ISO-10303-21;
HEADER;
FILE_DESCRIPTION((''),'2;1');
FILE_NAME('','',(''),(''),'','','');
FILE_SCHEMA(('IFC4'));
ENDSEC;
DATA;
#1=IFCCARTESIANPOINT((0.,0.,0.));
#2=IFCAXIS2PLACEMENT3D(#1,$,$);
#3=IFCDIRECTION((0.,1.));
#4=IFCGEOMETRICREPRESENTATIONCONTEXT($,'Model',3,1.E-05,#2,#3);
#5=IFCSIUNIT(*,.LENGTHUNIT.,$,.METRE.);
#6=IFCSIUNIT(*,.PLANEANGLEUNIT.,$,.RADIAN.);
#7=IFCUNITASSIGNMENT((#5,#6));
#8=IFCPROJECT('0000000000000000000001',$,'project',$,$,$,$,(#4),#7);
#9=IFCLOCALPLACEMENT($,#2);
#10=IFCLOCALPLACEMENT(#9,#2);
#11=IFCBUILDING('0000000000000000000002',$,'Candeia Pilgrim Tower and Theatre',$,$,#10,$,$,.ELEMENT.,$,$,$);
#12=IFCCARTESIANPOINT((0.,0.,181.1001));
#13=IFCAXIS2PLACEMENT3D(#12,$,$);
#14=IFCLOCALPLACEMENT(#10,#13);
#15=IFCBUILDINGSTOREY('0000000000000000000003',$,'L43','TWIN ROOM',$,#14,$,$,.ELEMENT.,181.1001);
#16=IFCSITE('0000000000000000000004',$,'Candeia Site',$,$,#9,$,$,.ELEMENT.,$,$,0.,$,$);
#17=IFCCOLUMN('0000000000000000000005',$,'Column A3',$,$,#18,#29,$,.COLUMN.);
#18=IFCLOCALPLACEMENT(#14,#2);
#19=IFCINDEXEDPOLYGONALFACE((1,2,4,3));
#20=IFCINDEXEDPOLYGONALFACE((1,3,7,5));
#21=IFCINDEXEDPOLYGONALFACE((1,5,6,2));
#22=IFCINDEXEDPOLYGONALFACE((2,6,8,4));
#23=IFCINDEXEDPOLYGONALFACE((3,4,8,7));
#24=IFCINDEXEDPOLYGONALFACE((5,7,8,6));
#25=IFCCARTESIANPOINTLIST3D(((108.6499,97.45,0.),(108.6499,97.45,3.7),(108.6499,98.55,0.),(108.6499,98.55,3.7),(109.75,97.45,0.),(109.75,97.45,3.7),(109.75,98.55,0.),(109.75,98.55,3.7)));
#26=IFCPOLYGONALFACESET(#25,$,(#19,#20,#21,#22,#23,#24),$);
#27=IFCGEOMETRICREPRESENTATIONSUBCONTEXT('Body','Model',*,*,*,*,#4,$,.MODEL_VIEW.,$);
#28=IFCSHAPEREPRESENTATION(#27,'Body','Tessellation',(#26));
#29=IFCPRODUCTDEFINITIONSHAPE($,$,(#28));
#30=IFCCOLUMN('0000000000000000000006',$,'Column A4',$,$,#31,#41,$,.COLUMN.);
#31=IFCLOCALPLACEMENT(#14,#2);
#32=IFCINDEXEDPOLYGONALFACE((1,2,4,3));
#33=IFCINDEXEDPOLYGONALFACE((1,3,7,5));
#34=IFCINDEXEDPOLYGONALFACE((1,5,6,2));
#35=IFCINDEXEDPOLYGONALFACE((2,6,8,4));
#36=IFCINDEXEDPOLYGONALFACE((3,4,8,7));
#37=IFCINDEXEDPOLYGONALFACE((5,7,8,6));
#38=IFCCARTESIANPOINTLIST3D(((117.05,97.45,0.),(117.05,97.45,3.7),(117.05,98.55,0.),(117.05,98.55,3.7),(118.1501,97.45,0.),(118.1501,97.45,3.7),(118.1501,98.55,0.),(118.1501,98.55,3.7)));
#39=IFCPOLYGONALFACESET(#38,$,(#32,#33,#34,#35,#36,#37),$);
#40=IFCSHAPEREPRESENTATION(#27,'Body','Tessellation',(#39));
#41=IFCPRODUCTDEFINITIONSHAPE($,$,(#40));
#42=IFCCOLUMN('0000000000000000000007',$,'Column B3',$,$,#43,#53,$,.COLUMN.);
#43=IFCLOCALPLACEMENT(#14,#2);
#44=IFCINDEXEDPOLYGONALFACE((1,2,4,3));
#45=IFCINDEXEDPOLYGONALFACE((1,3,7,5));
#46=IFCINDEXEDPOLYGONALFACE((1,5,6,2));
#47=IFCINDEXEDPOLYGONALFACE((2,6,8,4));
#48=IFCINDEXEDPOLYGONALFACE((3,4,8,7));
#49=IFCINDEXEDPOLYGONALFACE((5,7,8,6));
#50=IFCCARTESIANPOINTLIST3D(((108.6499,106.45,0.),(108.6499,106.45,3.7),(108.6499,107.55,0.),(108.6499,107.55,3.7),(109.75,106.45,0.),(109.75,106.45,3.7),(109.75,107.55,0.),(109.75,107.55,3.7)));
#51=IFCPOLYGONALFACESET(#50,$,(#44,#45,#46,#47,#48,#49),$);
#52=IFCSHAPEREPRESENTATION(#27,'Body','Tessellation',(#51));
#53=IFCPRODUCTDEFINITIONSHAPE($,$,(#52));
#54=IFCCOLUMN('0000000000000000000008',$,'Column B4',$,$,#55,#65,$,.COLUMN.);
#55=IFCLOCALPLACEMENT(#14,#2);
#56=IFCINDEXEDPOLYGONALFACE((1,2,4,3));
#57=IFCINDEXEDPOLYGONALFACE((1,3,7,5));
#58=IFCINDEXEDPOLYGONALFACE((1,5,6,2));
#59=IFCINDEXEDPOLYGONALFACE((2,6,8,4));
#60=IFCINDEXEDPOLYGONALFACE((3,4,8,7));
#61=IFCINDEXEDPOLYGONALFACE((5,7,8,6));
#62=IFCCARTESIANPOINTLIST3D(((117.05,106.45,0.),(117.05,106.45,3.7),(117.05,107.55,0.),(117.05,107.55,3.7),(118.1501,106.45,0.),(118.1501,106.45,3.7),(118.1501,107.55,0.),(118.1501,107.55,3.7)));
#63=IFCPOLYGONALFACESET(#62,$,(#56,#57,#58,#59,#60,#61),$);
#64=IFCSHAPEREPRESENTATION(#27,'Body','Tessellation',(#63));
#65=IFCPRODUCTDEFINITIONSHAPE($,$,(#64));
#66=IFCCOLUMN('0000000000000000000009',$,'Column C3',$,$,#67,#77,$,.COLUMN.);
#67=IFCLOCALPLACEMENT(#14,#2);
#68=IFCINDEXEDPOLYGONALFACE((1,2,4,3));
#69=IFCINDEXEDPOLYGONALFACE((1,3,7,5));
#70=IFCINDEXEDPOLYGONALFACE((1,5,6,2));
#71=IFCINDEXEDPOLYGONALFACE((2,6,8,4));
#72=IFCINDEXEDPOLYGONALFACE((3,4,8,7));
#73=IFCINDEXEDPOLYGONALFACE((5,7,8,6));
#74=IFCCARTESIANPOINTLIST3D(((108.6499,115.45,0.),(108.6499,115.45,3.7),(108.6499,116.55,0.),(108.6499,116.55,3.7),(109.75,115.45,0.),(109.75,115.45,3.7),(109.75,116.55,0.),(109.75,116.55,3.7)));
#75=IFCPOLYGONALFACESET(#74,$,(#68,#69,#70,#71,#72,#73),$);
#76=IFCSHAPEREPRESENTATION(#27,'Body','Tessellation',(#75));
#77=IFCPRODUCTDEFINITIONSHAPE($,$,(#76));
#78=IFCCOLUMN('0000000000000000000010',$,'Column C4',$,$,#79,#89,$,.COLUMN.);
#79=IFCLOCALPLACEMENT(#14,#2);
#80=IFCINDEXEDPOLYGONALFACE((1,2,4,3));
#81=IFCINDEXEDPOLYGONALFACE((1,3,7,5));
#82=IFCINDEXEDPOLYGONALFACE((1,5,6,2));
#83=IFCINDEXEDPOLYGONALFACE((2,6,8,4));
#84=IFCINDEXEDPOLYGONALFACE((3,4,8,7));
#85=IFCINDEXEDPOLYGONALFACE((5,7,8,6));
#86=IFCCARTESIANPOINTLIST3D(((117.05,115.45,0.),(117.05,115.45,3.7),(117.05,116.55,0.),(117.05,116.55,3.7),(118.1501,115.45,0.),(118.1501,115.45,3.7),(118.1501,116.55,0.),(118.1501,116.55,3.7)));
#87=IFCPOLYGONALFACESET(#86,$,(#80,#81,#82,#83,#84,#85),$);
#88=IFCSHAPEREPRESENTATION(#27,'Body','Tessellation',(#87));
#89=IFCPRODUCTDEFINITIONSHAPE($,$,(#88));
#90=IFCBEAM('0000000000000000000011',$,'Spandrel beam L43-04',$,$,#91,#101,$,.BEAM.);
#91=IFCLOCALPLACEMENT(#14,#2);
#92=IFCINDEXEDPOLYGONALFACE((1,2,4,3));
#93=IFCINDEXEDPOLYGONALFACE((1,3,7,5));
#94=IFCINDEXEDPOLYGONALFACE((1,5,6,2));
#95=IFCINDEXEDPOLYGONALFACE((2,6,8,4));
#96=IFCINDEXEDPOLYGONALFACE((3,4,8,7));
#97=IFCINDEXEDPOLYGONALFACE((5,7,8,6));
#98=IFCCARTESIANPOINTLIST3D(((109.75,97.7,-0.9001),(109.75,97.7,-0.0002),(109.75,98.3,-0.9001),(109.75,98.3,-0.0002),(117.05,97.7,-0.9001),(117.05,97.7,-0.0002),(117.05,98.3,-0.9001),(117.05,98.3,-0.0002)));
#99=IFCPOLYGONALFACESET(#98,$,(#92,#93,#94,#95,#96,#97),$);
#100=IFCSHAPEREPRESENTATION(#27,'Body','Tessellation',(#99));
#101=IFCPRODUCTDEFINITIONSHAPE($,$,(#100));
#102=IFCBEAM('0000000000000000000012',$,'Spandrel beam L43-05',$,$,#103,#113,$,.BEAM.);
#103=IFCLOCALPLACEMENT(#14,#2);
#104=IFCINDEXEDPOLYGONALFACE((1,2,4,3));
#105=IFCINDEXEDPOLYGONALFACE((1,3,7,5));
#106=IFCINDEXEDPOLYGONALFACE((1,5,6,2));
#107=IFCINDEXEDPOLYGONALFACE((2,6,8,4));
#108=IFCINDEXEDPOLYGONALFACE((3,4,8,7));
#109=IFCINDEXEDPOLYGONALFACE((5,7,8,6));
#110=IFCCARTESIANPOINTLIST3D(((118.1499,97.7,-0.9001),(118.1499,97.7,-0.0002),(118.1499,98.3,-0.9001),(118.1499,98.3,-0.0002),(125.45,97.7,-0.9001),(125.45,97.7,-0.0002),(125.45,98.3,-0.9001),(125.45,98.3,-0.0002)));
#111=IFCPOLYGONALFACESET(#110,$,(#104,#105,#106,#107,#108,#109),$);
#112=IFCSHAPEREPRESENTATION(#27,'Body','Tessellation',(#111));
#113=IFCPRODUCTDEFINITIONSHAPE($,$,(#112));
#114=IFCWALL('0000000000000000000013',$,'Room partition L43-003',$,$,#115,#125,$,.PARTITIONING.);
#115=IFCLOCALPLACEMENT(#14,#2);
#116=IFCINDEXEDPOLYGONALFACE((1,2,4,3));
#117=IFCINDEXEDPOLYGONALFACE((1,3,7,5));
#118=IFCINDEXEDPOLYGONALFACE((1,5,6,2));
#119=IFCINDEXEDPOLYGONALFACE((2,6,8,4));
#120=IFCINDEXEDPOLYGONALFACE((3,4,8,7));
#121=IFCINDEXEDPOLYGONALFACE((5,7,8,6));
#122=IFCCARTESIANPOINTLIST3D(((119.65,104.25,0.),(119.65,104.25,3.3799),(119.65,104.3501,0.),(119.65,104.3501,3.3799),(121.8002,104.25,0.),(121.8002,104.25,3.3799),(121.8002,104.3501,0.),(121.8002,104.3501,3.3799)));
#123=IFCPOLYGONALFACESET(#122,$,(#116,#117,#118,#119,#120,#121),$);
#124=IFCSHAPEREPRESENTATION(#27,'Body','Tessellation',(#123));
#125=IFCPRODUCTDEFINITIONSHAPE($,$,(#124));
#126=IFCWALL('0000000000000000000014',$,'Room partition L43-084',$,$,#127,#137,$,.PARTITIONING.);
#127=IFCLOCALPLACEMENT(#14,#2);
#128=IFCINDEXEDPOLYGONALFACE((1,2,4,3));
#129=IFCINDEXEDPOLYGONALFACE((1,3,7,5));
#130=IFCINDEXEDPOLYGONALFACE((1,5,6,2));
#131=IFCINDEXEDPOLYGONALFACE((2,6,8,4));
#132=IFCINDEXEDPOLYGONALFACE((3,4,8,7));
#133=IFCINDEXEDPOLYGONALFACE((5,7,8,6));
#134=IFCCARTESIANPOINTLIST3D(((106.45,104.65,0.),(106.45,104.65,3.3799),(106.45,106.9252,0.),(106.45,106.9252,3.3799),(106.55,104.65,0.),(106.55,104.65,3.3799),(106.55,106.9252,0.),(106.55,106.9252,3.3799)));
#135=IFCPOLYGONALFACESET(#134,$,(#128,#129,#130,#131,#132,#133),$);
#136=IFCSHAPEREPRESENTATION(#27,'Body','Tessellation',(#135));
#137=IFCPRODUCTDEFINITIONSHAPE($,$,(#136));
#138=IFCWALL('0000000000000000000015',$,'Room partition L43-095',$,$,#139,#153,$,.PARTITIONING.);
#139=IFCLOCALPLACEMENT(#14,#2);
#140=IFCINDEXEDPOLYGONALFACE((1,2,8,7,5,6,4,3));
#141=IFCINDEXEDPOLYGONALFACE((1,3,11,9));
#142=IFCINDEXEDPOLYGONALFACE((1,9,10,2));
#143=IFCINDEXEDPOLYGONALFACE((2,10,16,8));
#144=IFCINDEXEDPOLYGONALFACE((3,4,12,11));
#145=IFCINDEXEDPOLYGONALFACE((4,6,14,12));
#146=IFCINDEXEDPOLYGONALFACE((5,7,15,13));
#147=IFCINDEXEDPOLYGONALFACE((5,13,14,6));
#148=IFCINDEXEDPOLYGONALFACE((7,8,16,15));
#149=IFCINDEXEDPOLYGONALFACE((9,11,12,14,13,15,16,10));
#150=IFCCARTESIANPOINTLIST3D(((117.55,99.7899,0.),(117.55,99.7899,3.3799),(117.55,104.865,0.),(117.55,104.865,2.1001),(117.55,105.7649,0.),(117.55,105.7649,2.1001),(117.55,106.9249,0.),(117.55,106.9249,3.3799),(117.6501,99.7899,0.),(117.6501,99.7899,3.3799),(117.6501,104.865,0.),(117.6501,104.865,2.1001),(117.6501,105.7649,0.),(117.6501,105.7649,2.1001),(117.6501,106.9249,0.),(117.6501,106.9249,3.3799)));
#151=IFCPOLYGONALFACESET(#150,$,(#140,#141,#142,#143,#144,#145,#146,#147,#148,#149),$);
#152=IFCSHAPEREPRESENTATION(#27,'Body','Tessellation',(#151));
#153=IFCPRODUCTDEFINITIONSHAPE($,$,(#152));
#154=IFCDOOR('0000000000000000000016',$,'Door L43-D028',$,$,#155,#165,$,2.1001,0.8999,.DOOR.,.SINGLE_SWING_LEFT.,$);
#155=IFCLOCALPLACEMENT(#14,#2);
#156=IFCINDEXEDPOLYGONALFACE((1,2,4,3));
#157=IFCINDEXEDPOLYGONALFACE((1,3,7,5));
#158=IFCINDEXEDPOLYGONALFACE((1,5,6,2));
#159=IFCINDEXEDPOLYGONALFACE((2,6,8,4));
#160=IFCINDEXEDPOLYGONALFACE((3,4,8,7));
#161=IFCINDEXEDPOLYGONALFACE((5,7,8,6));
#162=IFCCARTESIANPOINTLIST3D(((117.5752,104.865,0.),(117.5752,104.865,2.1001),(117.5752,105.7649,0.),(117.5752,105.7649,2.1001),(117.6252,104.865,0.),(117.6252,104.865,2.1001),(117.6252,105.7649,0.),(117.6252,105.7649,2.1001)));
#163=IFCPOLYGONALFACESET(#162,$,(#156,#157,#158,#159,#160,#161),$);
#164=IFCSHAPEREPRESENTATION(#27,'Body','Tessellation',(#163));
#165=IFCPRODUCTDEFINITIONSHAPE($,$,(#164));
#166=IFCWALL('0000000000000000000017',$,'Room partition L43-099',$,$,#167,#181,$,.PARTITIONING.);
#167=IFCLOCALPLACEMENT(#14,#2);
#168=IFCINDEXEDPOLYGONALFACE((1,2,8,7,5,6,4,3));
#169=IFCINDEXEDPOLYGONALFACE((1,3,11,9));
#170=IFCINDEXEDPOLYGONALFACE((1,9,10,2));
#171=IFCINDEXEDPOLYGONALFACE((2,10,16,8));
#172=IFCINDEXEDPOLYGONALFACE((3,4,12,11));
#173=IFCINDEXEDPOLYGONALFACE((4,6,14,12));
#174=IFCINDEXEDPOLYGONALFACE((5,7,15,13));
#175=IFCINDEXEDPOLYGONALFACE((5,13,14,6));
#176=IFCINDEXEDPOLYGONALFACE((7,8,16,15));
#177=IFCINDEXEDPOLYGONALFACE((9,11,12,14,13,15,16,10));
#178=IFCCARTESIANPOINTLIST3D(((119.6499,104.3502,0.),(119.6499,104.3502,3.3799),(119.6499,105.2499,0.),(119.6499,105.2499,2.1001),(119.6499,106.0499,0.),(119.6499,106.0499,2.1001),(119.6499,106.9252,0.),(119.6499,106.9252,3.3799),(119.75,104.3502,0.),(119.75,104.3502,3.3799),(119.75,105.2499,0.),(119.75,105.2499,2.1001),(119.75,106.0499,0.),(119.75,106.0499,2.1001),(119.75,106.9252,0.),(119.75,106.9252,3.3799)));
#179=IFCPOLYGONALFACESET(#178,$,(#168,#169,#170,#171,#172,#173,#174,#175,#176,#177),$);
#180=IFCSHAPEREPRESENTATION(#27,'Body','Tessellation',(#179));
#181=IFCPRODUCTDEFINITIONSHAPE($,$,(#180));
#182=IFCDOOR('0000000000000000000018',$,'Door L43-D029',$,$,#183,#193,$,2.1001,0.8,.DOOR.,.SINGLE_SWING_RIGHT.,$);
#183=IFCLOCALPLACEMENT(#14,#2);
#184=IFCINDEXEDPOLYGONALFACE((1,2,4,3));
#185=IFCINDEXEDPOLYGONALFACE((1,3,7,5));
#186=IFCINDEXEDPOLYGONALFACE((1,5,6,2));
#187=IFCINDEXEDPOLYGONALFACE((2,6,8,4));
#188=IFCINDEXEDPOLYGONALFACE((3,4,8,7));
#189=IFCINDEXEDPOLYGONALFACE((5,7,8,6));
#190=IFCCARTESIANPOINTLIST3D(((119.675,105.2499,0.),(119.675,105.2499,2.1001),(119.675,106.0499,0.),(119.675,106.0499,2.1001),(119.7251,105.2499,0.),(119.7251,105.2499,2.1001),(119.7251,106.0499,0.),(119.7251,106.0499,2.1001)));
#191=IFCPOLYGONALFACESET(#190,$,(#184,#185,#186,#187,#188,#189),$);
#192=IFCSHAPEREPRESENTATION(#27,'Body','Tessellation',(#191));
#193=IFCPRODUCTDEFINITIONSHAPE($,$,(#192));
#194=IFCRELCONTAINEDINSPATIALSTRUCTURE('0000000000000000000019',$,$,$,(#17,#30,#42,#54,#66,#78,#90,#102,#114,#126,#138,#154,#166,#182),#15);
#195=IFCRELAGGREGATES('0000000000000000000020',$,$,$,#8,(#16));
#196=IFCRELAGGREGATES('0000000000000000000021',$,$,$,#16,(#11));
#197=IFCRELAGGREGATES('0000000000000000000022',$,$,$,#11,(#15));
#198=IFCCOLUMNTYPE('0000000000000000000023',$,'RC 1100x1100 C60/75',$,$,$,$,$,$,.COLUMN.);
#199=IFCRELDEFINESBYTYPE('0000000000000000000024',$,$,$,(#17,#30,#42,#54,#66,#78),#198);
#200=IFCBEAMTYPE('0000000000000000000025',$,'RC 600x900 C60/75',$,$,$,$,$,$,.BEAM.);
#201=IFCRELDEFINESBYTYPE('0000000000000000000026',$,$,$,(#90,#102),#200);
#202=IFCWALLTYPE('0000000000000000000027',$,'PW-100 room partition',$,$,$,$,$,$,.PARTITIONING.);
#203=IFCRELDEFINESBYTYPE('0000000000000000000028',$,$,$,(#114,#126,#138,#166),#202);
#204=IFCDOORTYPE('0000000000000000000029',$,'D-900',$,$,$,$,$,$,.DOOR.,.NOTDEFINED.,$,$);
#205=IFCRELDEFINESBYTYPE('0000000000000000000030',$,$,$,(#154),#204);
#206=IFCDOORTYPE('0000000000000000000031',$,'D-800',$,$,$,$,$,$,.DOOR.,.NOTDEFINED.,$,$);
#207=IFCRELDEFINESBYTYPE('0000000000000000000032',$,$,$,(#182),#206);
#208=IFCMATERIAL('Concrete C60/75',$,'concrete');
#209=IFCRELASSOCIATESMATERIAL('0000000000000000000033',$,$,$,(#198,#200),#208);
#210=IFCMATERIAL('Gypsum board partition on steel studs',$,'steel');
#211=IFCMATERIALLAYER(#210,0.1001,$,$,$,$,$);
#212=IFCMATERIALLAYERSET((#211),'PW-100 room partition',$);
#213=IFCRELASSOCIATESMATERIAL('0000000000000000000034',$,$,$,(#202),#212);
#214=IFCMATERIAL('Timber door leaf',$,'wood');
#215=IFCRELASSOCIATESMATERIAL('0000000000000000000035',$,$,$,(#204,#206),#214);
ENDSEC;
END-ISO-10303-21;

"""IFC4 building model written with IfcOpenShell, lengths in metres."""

from ifc_helpers import new_model, si_unit, direction, frame, frame_2d, origin, origin_2d, place, context, subcontext, project, spatial, rectangle, extrude, material, layer, layer_set, material_profile, profile_set, type_object, element, fill, save


model = new_model("IFC4")

# Units and contexts
model_context = context("Model", 3, precision=1e-05, world=origin(), true_north=direction((0.0, 1.0)))
body_context = subcontext(model_context, "Body", "Model", "MODEL_VIEW")
ifc_project = project(units=[si_unit("LENGTHUNIT", "METRE"), si_unit("PLANEANGLEUNIT", "RADIAN")], contexts=[model_context])

# Site, building, storey
site_placement = place(None, origin())
site = spatial("IfcSite", under=ifc_project, at=site_placement, Name="Candeia Site", CompositionType="ELEMENT", RefElevation=0.0)
building_placement = place(site_placement, origin())
building = spatial("IfcBuilding", under=site, at=building_placement, Name="Candeia Pilgrim Tower and Theatre", CompositionType="ELEMENT")
storey_placement = place(building_placement, frame((0.0, 0.0, 181.1001)))
storey = spatial("IfcBuildingStorey", under=building, at=storey_placement, Name="L43", Description="TWIN ROOM", CompositionType="ELEMENT", Elevation=181.1001)

# Columns
ifc_material_1 = material(Name="Concrete C60/75", Category="concrete")
ifc_material_profile_1 = material_profile(ifc_material_1, rectangle(XDim=1.1001, YDim=1.1001, at=origin_2d()))
ifc_profile_set_1 = profile_set([ifc_material_profile_1], Name="Concrete C60/75")
column_type = type_object("IfcColumnType", Name="RC 1100x1100 C60/75", PredefinedType="COLUMN", material=ifc_profile_set_1)
for number, where, z_axis, x_axis, name in (
    (1, (109.2, 98.0, 0.0), (0.0, 0.0, 1.0), (1.0, 0.0, 0.0), "Column A3"),
    (2, (117.6001, 98.0, 0.0), (0.0, 0.0, 1.0), (1.0, 0.0, 0.0), "Column A4"),
    (3, (109.2, 107.0, 0.0), (0.0, 0.0, 1.0), (1.0, 0.0, 0.0), "Column B3"),
    (4, (117.6001, 107.0, 0.0), (0.0, 0.0, 1.0), (1.0, 0.0, 0.0), "Column B4"),
    (5, (109.2, 116.0, 0.0), (0.0, 0.0, 1.0), (1.0, 0.0, 0.0), "Column C3"),
    (6, (117.6001, 116.0, 0.0), (0.0, 0.0, 1.0), (1.0, 0.0, 0.0), "Column C4"),
):
    element("IfcColumn", number, at=place(storey_placement, frame(where, z_axis=z_axis, x_axis=x_axis)), inside=storey, type_object=column_type, Name=name, PredefinedType="COLUMN", context=body_context, shape_type="SweptSolid", body=[
        extrude(rectangle(XDim=1.1001, YDim=1.1001, at=origin_2d()), origin(), (0.0, 0.0, 1.0), 3.7),
    ])

# Beams
ifc_material_profile_2 = material_profile(ifc_material_1, rectangle(XDim=0.6001, YDim=0.8999, at=origin_2d()))
ifc_profile_set_2 = profile_set([ifc_material_profile_2], Name="Concrete C60/75")
beam_type = type_object("IfcBeamType", Name="RC 600x900 C60/75", PredefinedType="BEAM", material=ifc_profile_set_2)
for number, where, z_axis, x_axis, name in (
    (7, (109.75, 98.0, -0.4502), (1.0, 0.0, 0.0), (0.0, 1.0, 0.0), "Spandrel beam L43-04"),
    (8, (118.1499, 98.0, -0.4502), (1.0, 0.0, 0.0), (0.0, 1.0, 0.0), "Spandrel beam L43-05"),
):
    element("IfcBeam", number, at=place(storey_placement, frame(where, z_axis=z_axis, x_axis=x_axis)), inside=storey, type_object=beam_type, Name=name, PredefinedType="BEAM", context=body_context, shape_type="SweptSolid", body=[
        extrude(rectangle(XDim=0.6001, YDim=0.8999, at=origin_2d()), origin(), (0.0, 0.0, 1.0), 7.3),
    ])

# Walls
ifc_material_2 = material(Name="Gypsum board partition on steel studs", Category="steel")
ifc_layer_1 = layer(ifc_material_2, 0.1001)
ifc_layer_set_1 = layer_set([ifc_layer_1], Name="PW-100 room partition")
wall_type_1 = type_object("IfcWallType", Name="PW-100 room partition", PredefinedType="PARTITIONING", material=ifc_layer_set_1)
wall_1_placement = place(storey_placement, frame((119.6499, 104.3, 0.0), z_axis=(0.0, 0.0, 1.0), x_axis=(1.0, 0.0, 0.0)))
element("IfcWall", 9, at=wall_1_placement, inside=storey, type_object=wall_type_1, Name="Room partition L43-003", PredefinedType="PARTITIONING", context=body_context, shape_type="SweptSolid", body=[
    extrude(rectangle(XDim=2.1501, YDim=0.1001, at=frame_2d((1.0752, 0.0))), origin(), (0.0, 0.0, 1.0), 3.3799),
])
wall_2_placement = place(storey_placement, frame((106.5, 104.6499, 0.0), z_axis=(0.0, 0.0, 1.0), x_axis=(0.0, 1.0, 0.0)))
element("IfcWall", 10, at=wall_2_placement, inside=storey, type_object=wall_type_1, Name="Room partition L43-084", PredefinedType="PARTITIONING", context=body_context, shape_type="SweptSolid", body=[
    extrude(rectangle(XDim=2.2751, YDim=0.1001, at=frame_2d((1.1377, 0.0))), origin(), (0.0, 0.0, 1.0), 3.3799),
])

# Walls, openings, doors
wall_3_placement = place(storey_placement, frame((117.6001, 99.79, 0.0), z_axis=(0.0, 0.0, 1.0), x_axis=(0.0, 1.0, 0.0)))
wall_3 = element("IfcWall", 11, at=wall_3_placement, inside=storey, type_object=wall_type_1, Name="Room partition L43-095", PredefinedType="PARTITIONING", context=body_context, shape_type="SweptSolid", body=[
    extrude(rectangle(XDim=7.135, YDim=0.1001, at=frame_2d((3.5674, 0.0))), origin(), (0.0, 0.0, 1.0), 3.3799),
])
opening_1_placement = place(wall_3_placement, frame((5.075, 0.0, 0.0)))
opening_1 = element("IfcOpeningElement", 12, at=opening_1_placement, cuts=wall_3, PredefinedType="OPENING", context=body_context, shape_type="SweptSolid", body=[
    extrude(rectangle(XDim=0.8999, YDim=2.1001, at=frame_2d((0.45, 1.05))), frame((0.0, 0.0601, 0.0), z_axis=(0.0, -1.0, 0.0), x_axis=(1.0, 0.0, 0.0)), (0.0, 0.0, 1.0), 0.1201),
])
ifc_material_3 = material(Name="Timber door leaf", Category="wood")
door_type_1 = type_object("IfcDoorType", Name="D-900", OperationType="NOTDEFINED", PredefinedType="DOOR", material=ifc_material_3)
door_1_placement = place(opening_1_placement, origin())
door_1 = element("IfcDoor", 13, at=door_1_placement, inside=storey, type_object=door_type_1, Name="Door L43-D028", OperationType="SINGLE_SWING_LEFT", OverallHeight=2.1001, OverallWidth=0.8999, PredefinedType="DOOR", context=body_context, shape_type="SweptSolid", body=[
    extrude(rectangle(XDim=0.8999, YDim=2.1001, at=frame_2d((0.45, 1.05))), frame((0.0, 0.0249, 0.0), z_axis=(0.0, -1.0, 0.0), x_axis=(1.0, 0.0, 0.0)), (0.0, 0.0, 1.0), 0.05),
])
fill(opening_1, door_1)
wall_4_placement = place(storey_placement, frame((119.7, 104.3501, 0.0), z_axis=(0.0, 0.0, 1.0), x_axis=(0.0, 1.0, 0.0)))
wall_4 = element("IfcWall", 14, at=wall_4_placement, inside=storey, type_object=wall_type_1, Name="Room partition L43-099", PredefinedType="PARTITIONING", context=body_context, shape_type="SweptSolid", body=[
    extrude(rectangle(XDim=2.575, YDim=0.1001, at=frame_2d((1.2876, 0.0))), origin(), (0.0, 0.0, 1.0), 3.3799),
])
opening_2_placement = place(wall_4_placement, frame((0.8999, 0.0, 0.0)))
opening_2 = element("IfcOpeningElement", 15, at=opening_2_placement, cuts=wall_4, PredefinedType="OPENING", context=body_context, shape_type="SweptSolid", body=[
    extrude(rectangle(XDim=0.8, YDim=2.1001, at=frame_2d((0.3999, 1.05))), frame((0.0, 0.0601, 0.0), z_axis=(0.0, -1.0, 0.0), x_axis=(1.0, 0.0, 0.0)), (0.0, 0.0, 1.0), 0.1201),
])
door_type_2 = type_object("IfcDoorType", Name="D-800", OperationType="NOTDEFINED", PredefinedType="DOOR", material=ifc_material_3)
door_2_placement = place(opening_2_placement, origin())
door_2 = element("IfcDoor", 16, at=door_2_placement, inside=storey, type_object=door_type_2, Name="Door L43-D029", OperationType="SINGLE_SWING_RIGHT", OverallHeight=2.1001, OverallWidth=0.8, PredefinedType="DOOR", context=body_context, shape_type="SweptSolid", body=[
    extrude(rectangle(XDim=0.8, YDim=2.1001, at=frame_2d((0.3999, 1.05))), frame((0.0, 0.0249, 0.0), z_axis=(0.0, -1.0, 0.0), x_axis=(1.0, 0.0, 0.0)), (0.0, 0.0, 1.0), 0.05),
])
fill(opening_2, door_2)

save(model, "model.ifc")
